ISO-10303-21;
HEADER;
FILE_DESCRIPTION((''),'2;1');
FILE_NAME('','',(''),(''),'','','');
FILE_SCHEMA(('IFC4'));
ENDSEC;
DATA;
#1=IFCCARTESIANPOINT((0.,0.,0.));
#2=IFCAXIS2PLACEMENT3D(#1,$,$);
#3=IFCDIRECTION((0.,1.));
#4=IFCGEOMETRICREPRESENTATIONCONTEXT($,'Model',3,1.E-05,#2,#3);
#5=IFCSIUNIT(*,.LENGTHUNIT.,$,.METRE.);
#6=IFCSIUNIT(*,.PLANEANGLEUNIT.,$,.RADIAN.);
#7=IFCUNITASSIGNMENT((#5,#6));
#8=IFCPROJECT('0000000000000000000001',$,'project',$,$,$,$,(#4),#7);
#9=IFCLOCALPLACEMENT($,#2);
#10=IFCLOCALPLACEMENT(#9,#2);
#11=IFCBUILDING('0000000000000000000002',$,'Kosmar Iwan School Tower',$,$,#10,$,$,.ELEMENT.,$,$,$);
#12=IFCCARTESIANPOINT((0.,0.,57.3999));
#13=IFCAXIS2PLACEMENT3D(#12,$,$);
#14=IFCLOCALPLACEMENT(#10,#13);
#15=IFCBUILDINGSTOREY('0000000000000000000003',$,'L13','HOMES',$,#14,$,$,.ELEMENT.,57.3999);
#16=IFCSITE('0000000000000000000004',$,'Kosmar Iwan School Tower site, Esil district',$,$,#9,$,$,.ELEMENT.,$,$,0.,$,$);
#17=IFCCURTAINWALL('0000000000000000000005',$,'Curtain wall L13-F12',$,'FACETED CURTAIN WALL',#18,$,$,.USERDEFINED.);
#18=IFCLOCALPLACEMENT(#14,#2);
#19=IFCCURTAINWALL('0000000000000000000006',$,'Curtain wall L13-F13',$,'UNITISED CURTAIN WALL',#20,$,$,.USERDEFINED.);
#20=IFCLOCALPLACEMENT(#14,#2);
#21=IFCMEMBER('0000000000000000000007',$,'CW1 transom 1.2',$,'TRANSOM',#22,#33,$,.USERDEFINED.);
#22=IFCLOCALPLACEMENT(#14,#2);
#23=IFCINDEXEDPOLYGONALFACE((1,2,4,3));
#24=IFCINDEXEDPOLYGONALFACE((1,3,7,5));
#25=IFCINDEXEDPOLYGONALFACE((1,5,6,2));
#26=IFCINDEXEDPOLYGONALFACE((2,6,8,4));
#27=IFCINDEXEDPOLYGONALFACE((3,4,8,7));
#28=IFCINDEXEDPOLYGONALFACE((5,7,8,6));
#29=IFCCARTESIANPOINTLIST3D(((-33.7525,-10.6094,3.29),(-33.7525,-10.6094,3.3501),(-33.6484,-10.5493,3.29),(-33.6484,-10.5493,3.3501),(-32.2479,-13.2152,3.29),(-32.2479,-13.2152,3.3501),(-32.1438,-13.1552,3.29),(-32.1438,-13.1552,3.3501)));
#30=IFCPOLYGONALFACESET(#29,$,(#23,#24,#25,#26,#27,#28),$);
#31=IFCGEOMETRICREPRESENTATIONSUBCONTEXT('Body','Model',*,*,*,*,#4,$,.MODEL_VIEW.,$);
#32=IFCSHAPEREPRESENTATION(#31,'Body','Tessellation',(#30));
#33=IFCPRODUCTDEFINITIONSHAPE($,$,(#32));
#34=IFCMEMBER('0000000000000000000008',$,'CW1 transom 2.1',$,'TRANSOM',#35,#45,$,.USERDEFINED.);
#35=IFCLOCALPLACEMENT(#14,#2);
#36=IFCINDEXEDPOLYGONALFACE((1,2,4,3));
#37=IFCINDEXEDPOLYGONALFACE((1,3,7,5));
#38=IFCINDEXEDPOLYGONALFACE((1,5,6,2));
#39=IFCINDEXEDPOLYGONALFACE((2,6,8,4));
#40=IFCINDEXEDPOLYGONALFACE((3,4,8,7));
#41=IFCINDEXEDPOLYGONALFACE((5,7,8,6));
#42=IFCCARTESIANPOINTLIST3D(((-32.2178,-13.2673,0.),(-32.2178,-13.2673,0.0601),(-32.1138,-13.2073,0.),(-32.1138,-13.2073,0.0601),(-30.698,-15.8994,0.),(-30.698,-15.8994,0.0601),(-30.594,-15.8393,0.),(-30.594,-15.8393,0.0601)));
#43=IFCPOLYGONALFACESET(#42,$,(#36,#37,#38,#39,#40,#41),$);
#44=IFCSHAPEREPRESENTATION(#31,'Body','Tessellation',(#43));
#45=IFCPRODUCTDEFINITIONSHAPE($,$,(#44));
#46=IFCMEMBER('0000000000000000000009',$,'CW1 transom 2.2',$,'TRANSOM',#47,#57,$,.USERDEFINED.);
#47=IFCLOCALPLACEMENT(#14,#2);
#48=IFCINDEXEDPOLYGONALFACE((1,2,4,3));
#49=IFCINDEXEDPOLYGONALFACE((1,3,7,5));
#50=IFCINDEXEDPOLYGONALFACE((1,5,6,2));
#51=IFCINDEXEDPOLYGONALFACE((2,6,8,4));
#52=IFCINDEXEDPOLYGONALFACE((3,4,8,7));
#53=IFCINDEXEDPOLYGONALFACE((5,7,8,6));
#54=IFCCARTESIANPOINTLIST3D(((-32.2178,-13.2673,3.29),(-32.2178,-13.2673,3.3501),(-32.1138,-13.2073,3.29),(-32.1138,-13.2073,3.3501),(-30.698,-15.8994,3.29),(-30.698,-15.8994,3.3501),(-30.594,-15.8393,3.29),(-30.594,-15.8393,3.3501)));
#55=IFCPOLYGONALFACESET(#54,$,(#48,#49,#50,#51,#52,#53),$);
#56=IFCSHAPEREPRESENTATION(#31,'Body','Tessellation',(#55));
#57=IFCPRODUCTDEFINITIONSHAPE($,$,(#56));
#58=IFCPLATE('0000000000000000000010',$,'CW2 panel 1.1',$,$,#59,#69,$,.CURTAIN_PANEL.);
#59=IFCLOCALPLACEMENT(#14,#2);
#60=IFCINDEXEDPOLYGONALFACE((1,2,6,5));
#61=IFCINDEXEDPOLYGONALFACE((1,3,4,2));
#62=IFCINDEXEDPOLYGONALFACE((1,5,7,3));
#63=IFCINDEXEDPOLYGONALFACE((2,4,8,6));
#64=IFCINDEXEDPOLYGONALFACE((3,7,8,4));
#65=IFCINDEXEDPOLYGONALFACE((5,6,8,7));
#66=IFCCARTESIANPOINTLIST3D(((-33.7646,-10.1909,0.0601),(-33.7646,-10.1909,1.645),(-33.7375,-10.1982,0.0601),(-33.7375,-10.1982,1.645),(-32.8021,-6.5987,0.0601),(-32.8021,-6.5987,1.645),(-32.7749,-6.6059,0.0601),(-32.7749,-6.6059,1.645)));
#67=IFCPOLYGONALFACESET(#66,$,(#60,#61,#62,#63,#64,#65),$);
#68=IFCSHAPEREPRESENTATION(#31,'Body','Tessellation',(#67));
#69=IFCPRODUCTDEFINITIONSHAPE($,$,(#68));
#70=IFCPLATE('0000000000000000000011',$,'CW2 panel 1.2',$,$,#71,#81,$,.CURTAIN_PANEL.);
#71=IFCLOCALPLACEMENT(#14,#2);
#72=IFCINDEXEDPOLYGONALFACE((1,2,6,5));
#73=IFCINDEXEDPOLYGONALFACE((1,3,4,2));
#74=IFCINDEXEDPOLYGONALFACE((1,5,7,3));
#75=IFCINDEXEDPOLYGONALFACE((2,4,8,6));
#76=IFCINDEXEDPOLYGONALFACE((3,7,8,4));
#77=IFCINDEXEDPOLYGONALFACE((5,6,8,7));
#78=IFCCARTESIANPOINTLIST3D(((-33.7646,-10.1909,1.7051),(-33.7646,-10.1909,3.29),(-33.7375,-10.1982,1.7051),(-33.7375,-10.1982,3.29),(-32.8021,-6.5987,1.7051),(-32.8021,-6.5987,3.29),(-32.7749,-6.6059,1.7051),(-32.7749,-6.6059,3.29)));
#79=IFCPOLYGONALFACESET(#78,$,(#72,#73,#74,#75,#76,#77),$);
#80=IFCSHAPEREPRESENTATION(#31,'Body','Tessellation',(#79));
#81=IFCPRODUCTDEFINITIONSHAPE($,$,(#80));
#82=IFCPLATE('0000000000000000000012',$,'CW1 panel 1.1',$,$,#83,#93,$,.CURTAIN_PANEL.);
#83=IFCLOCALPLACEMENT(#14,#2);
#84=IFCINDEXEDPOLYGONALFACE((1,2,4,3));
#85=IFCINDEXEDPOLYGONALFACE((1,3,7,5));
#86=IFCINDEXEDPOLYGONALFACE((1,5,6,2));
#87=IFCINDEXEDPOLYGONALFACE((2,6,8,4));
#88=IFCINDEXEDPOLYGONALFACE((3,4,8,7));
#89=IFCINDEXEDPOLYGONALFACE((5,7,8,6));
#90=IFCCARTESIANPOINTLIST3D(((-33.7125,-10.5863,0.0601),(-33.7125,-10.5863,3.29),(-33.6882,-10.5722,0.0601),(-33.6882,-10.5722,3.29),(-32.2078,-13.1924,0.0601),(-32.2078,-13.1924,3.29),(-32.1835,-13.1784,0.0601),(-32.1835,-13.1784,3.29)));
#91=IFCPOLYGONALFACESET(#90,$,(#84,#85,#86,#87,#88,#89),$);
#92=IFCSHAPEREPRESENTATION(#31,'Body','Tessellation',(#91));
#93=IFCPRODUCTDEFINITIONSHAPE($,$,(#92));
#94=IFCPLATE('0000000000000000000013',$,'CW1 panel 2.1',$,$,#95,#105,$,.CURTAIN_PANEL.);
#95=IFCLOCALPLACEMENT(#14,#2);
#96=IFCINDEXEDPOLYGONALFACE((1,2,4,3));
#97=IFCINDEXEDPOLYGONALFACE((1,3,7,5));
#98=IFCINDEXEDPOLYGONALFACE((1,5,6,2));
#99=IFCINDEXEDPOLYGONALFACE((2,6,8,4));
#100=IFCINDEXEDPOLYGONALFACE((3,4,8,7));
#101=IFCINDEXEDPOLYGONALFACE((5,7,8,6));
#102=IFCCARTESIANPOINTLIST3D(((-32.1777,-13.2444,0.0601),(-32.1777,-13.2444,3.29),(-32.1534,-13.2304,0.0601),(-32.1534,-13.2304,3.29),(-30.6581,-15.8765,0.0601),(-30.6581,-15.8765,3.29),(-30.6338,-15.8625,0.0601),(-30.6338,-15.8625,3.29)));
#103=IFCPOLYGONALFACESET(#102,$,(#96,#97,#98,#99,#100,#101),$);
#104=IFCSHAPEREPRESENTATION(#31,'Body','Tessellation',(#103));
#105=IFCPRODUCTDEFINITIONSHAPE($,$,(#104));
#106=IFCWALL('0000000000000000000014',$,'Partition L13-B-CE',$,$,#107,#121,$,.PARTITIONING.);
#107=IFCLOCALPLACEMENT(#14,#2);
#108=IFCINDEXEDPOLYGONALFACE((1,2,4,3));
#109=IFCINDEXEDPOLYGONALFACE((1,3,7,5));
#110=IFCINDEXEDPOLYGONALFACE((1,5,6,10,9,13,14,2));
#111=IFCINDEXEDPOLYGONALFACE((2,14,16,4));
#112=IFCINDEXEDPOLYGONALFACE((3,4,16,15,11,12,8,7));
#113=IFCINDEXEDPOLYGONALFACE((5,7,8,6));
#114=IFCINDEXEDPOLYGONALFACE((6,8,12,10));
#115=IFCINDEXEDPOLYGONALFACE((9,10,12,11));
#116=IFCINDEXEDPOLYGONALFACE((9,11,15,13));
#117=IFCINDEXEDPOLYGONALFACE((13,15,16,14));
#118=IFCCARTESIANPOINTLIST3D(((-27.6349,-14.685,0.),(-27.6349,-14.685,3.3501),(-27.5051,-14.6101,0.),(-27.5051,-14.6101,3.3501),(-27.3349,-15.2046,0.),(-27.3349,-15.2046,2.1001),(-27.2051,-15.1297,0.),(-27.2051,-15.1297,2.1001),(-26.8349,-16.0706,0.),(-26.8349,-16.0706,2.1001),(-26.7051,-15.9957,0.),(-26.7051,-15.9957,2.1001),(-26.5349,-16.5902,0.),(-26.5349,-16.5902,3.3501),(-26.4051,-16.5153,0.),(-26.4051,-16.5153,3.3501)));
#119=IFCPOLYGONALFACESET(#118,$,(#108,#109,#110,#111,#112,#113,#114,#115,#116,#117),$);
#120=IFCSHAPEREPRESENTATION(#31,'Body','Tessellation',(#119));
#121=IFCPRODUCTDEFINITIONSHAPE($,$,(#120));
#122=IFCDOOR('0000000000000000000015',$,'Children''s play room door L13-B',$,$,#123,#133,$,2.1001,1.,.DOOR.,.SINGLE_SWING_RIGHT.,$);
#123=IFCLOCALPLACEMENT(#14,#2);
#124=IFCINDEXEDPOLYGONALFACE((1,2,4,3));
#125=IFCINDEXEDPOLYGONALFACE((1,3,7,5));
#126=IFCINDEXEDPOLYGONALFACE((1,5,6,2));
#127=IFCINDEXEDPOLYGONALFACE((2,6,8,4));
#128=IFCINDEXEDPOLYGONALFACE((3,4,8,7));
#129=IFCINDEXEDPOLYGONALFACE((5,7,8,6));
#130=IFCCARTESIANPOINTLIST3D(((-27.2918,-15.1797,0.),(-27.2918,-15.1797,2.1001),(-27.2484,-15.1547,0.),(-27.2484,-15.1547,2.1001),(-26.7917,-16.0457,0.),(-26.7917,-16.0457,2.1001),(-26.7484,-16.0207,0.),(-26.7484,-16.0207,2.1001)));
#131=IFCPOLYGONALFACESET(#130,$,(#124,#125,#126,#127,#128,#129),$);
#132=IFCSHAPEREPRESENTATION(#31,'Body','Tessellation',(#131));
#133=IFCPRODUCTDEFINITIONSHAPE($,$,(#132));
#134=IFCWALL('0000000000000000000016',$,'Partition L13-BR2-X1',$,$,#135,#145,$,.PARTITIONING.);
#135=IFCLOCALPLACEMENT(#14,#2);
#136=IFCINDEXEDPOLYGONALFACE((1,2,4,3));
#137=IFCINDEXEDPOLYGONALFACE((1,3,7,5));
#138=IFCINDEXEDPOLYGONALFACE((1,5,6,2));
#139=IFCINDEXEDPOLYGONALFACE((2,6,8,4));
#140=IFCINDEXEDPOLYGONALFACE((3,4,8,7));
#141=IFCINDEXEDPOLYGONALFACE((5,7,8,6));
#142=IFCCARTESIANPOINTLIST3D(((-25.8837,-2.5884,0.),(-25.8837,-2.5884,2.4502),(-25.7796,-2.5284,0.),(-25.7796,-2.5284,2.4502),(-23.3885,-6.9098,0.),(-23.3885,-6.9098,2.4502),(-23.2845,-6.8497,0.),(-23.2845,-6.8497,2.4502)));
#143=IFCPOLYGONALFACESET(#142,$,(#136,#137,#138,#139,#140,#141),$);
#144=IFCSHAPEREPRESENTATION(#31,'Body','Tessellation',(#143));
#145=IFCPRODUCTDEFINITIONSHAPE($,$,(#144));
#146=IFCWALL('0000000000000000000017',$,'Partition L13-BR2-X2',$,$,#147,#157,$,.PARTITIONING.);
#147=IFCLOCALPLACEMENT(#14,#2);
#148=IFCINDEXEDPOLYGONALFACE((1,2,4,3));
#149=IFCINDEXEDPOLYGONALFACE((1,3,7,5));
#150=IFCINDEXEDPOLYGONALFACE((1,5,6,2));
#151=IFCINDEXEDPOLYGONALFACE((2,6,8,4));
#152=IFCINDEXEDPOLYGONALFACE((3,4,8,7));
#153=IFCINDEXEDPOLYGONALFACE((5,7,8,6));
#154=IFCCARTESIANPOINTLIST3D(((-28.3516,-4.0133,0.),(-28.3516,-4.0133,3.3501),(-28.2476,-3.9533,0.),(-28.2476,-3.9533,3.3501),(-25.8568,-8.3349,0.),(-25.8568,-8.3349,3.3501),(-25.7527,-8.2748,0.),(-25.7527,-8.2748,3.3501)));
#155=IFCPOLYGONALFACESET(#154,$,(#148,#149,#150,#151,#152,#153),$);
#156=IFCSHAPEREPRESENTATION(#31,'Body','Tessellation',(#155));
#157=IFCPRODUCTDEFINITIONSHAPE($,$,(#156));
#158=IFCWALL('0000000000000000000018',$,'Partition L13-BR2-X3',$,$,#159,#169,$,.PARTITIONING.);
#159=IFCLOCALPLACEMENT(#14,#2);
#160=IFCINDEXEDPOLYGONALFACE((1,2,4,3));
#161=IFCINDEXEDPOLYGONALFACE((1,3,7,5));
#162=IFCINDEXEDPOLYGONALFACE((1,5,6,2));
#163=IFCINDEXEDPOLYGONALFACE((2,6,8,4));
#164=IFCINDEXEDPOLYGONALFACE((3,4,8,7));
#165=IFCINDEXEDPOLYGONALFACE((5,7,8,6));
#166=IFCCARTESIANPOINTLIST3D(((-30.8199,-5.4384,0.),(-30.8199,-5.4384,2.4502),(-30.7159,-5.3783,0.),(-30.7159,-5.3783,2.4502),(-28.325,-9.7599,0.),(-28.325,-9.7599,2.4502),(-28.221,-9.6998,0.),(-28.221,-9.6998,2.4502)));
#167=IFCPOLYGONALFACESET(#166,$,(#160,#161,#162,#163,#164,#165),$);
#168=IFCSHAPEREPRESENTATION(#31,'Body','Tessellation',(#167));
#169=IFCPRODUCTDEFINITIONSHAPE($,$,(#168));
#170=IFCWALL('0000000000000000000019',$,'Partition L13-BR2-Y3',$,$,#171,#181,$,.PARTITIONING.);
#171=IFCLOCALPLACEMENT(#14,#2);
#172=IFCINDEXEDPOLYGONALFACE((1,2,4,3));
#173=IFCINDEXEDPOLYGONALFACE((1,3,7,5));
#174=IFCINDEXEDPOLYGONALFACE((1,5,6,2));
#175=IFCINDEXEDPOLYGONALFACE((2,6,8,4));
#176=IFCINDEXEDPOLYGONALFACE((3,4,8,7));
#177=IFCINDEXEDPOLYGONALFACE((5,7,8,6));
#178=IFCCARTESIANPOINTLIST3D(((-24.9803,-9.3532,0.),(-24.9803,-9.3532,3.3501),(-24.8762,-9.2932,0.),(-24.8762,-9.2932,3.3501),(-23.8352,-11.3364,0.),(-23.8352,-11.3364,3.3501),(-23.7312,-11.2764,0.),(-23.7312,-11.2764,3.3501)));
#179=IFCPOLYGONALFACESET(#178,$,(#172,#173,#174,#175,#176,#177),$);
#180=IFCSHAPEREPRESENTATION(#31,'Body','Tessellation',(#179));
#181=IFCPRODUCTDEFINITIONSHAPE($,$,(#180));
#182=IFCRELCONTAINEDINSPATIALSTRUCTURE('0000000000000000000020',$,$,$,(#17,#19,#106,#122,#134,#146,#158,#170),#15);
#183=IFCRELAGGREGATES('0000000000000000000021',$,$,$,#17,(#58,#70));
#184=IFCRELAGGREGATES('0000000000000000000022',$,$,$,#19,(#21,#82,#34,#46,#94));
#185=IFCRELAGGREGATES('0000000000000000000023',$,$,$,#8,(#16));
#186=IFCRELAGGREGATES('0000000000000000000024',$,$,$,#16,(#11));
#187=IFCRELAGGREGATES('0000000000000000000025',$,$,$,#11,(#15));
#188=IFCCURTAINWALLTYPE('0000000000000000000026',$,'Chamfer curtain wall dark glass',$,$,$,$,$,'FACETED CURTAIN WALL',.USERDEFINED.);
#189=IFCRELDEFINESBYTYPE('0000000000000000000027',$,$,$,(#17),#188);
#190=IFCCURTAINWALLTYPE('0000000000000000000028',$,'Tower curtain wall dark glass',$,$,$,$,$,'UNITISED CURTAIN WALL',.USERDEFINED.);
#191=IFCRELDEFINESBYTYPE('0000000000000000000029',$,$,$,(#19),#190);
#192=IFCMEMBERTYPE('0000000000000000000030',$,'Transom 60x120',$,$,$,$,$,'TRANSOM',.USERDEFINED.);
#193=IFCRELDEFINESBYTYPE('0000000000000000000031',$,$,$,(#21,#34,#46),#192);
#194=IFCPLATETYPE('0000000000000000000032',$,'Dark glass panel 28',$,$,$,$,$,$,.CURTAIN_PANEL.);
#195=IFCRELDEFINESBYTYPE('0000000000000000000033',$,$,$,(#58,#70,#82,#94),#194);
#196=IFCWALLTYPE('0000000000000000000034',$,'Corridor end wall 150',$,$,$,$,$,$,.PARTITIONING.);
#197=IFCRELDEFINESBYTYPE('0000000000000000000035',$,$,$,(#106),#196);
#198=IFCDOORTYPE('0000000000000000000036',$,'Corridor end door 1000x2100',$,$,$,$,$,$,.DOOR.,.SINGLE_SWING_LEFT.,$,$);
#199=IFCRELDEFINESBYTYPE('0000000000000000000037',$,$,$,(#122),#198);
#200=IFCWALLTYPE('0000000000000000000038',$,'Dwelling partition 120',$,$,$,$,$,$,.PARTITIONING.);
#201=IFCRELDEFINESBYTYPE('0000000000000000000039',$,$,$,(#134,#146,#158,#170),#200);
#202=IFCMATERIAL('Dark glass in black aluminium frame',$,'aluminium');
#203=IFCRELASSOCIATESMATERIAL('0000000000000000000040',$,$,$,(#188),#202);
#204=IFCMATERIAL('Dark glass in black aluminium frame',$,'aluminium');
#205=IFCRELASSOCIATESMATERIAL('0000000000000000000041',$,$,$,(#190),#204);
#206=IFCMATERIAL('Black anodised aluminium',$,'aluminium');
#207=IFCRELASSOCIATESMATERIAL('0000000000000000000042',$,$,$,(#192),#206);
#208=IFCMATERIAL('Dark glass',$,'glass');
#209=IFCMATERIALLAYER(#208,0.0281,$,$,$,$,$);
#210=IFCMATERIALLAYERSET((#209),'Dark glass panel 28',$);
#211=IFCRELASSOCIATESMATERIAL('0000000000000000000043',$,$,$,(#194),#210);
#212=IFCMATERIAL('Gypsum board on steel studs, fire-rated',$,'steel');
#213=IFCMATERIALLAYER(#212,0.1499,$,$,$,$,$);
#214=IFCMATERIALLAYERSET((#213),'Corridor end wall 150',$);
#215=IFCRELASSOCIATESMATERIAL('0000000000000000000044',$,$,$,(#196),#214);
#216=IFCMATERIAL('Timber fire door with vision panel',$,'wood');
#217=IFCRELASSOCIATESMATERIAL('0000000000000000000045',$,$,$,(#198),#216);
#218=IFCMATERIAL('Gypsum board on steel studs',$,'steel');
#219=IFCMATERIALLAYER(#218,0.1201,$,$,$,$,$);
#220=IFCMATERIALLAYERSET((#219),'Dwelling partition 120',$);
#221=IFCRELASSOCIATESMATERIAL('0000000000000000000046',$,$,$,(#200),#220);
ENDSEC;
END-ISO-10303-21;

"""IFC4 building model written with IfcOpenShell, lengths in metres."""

from ifc_helpers import new_model, si_unit, direction, frame, frame_2d, origin, origin_2d, place, context, subcontext, project, spatial, rectangle, extrude, material, layer, layer_set, material_profile, profile_set, type_object, element, fill, aggregate, save


model = new_model("IFC4")

# Units and contexts
model_context = context("Model", 3, precision=1e-05, world=origin(), true_north=direction((0.0, 1.0)))
body_context = subcontext(model_context, "Body", "Model", "MODEL_VIEW")
ifc_project = project(units=[si_unit("LENGTHUNIT", "METRE"), si_unit("PLANEANGLEUNIT", "RADIAN")], contexts=[model_context])

# Site, building, storey
site_placement = place(None, origin())
site = spatial("IfcSite", under=ifc_project, at=site_placement, Name="Kosmar Iwan School Tower site, Esil district", CompositionType="ELEMENT", RefElevation=0.0)
building_placement = place(site_placement, origin())
building = spatial("IfcBuilding", under=site, at=building_placement, Name="Kosmar Iwan School Tower", CompositionType="ELEMENT")
storey_placement = place(building_placement, frame((0.0, 0.0, 57.3999)))
storey = spatial("IfcBuildingStorey", under=building, at=storey_placement, Name="L13", Description="HOMES", CompositionType="ELEMENT", Elevation=57.3999)

# Curtain walls
ifc_material_1 = material(Name="Dark glass in black aluminium frame", Category="aluminium")
curtain_wall_type_1 = type_object("IfcCurtainWallType", Name="Chamfer curtain wall dark glass", ElementType="FACETED CURTAIN WALL", PredefinedType="USERDEFINED", material=ifc_material_1)
curtain_wall_1_placement = place(storey_placement, origin())
curtain_wall_1 = element("IfcCurtainWall", 1, at=curtain_wall_1_placement, inside=storey, type_object=curtain_wall_type_1, Name="Curtain wall L13-F12", ObjectType="FACETED CURTAIN WALL", PredefinedType="USERDEFINED")
ifc_material_2 = material(Name="Dark glass in black aluminium frame", Category="aluminium")
curtain_wall_type_2 = type_object("IfcCurtainWallType", Name="Tower curtain wall dark glass", ElementType="UNITISED CURTAIN WALL", PredefinedType="USERDEFINED", material=ifc_material_2)
curtain_wall_2_placement = place(storey_placement, origin())
curtain_wall_2 = element("IfcCurtainWall", 2, at=curtain_wall_2_placement, inside=storey, type_object=curtain_wall_type_2, Name="Curtain wall L13-F13", ObjectType="UNITISED CURTAIN WALL", PredefinedType="USERDEFINED")

# Members
ifc_material_3 = material(Name="Black anodised aluminium", Category="aluminium")
ifc_material_profile_1 = material_profile(ifc_material_3, rectangle(XDim=0.1201, YDim=0.0601, at=origin_2d()), Name="TRANSOM 60x120")
ifc_profile_set_1 = profile_set([ifc_material_profile_1], Name="Black anodised aluminium")
member_type_1 = type_object("IfcMemberType", Name="Transom 60x120", ElementType="TRANSOM", PredefinedType="USERDEFINED", material=ifc_profile_set_1)
member_1_placement = place(storey_placement, frame((-33.7004, -10.5793, 3.3201), z_axis=(0.500022, -0.866013, 0.0), x_axis=(0.866013, 0.500022, 0.0)))
member_1 = element("IfcMember", 3, at=member_1_placement, type_object=member_type_1, Name="CW1 transom 1.2", ObjectType="TRANSOM", PredefinedType="USERDEFINED", context=body_context, shape_type="SweptSolid", body=[
    extrude(rectangle(XDim=0.1201, YDim=0.0601, at=origin_2d()), origin(), (0.0, 0.0, 1.0), 3.009),
])
member_2_placement = place(storey_placement, frame((-32.1658, -13.2373, 0.03), z_axis=(0.500035, -0.866005, 0.0), x_axis=(0.866005, 0.500035, 0.0)))
member_2 = element("IfcMember", 4, at=member_2_placement, type_object=member_type_1, Name="CW1 transom 2.1", ObjectType="TRANSOM", PredefinedType="USERDEFINED", context=body_context, shape_type="SweptSolid", body=[
    extrude(rectangle(XDim=0.1201, YDim=0.0601, at=origin_2d()), origin(), (0.0, 0.0, 1.0), 3.0393),
])
member_3_placement = place(storey_placement, frame((-32.1658, -13.2373, 3.3201), z_axis=(0.500035, -0.866005, 0.0), x_axis=(0.866005, 0.500035, 0.0)))
member_3 = element("IfcMember", 5, at=member_3_placement, type_object=member_type_1, Name="CW1 transom 2.2", ObjectType="TRANSOM", PredefinedType="USERDEFINED", context=body_context, shape_type="SweptSolid", body=[
    extrude(rectangle(XDim=0.1201, YDim=0.0601, at=origin_2d()), origin(), (0.0, 0.0, 1.0), 3.0393),
])

# Plates
ifc_material_4 = material(Name="Dark glass", Category="glass")
ifc_layer_1 = layer(ifc_material_4, 0.0281)
ifc_layer_set_1 = layer_set([ifc_layer_1], Name="Dark glass panel 28")
plate_type = type_object("IfcPlateType", Name="Dark glass panel 28", PredefinedType="CURTAIN_PANEL", material=ifc_layer_set_1)
plate_1_placement = place(storey_placement, frame((-33.2698, -8.3984, 0.0601), z_axis=(0.0, 0.0, 1.0), x_axis=(-0.258819, -0.965926, 0.0)))
plate_1 = element("IfcPlate", 6, at=plate_1_placement, type_object=plate_type, Name="CW2 panel 1.1", PredefinedType="CURTAIN_PANEL", context=body_context, shape_type="SweptSolid", body=[
    extrude(rectangle(XDim=3.719, YDim=0.0281, at=origin_2d()), origin(), (0.0, 0.0, 1.0), 1.585),
])
plate_2_placement = place(storey_placement, frame((-33.2698, -8.3984, 1.7051), z_axis=(0.0, 0.0, 1.0), x_axis=(-0.258819, -0.965926, 0.0)))
plate_2 = element("IfcPlate", 7, at=plate_2_placement, type_object=plate_type, Name="CW2 panel 1.2", PredefinedType="CURTAIN_PANEL", context=body_context, shape_type="SweptSolid", body=[
    extrude(rectangle(XDim=3.719, YDim=0.0281, at=origin_2d()), origin(), (0.0, 0.0, 1.0), 1.585),
])
aggregate(curtain_wall_1, [plate_1, plate_2])
plate_3_placement = place(storey_placement, frame((-32.948, -11.8823, 0.0601), z_axis=(0.0, 0.0, 1.0), x_axis=(0.5, -0.866025, 0.0)))
plate_3 = element("IfcPlate", 8, at=plate_3_placement, type_object=plate_type, Name="CW1 panel 1.1", PredefinedType="CURTAIN_PANEL", context=body_context, shape_type="SweptSolid", body=[
    extrude(rectangle(XDim=3.0093, YDim=0.0281, at=origin_2d()), origin(), (0.0, 0.0, 1.0), 3.23),
])
plate_4_placement = place(storey_placement, frame((-31.4058, -14.5535, 0.0601), z_axis=(0.0, 0.0, 1.0), x_axis=(0.5, -0.866025, 0.0)))
plate_4 = element("IfcPlate", 9, at=plate_4_placement, type_object=plate_type, Name="CW1 panel 2.1", PredefinedType="CURTAIN_PANEL", context=body_context, shape_type="SweptSolid", body=[
    extrude(rectangle(XDim=3.0393, YDim=0.0281, at=origin_2d()), origin(), (0.0, 0.0, 1.0), 3.23),
])
aggregate(curtain_wall_2, [member_1, plate_3, member_2, member_3, plate_4])

# Wall, opening, door
ifc_material_5 = material(Name="Gypsum board on steel studs, fire-rated", Category="steel")
ifc_layer_2 = layer(ifc_material_5, 0.1499)
ifc_layer_set_2 = layer_set([ifc_layer_2], Name="Corridor end wall 150")
wall_type_1 = type_object("IfcWallType", Name="Corridor end wall 150", PredefinedType="PARTITIONING", material=ifc_layer_set_2)
wall_1_placement = place(storey_placement, frame((-27.5701, -14.6475, 0.0), z_axis=(0.0, 0.0, 1.0), x_axis=(0.50003, -0.866008, 0.0)))
wall_1 = element("IfcWall", 10, at=wall_1_placement, inside=storey, type_object=wall_type_1, Name="Partition L13-B-CE", PredefinedType="PARTITIONING", context=body_context, shape_type="SweptSolid", body=[
    extrude(rectangle(XDim=2.2, YDim=0.1499, at=frame_2d((1.1001, 0.0))), origin(), (0.0, 0.0, 1.0), 3.3501),
])
opening_placement = place(wall_1_placement, frame((0.6001, 0.0, 0.0)))
opening = element("IfcOpeningElement", 11, at=opening_placement, cuts=wall_1, PredefinedType="OPENING", context=body_context, shape_type="SweptSolid", body=[
    extrude(rectangle(XDim=1.0, YDim=2.1001, at=frame_2d((0.5, 1.05))), frame((0.0, 0.0869, 0.0), z_axis=(0.0, -1.0, 0.0), x_axis=(1.0, 0.0, 0.0)), (0.0, 0.0, 1.0), 0.1738),
])
ifc_material_6 = material(Name="Timber fire door with vision panel", Category="wood")
door_type = type_object("IfcDoorType", Name="Corridor end door 1000x2100", OperationType="SINGLE_SWING_LEFT", PredefinedType="DOOR", material=ifc_material_6)
door_placement = place(opening_placement, origin())
door = element("IfcDoor", 12, at=door_placement, inside=storey, type_object=door_type, Name="Children's play room door L13-B", OperationType="SINGLE_SWING_RIGHT", OverallHeight=2.1001, OverallWidth=1.0, PredefinedType="DOOR", context=body_context, shape_type="SweptSolid", body=[
    extrude(rectangle(XDim=1.0, YDim=2.1001, at=frame_2d((0.5, 1.05))), frame((0.0, 0.0249, 0.0), z_axis=(0.0, -1.0, 0.0), x_axis=(1.0, 0.0, 0.0)), (0.0, 0.0, 1.0), 0.05),
])
fill(opening, door)

# Walls
ifc_material_7 = material(Name="Gypsum board on steel studs", Category="steel")
ifc_layer_3 = layer(ifc_material_7, 0.1201)
ifc_layer_set_3 = layer_set([ifc_layer_3], Name="Dwelling partition 120")
wall_type_2 = type_object("IfcWallType", Name="Dwelling partition 120", PredefinedType="PARTITIONING", material=ifc_layer_set_3)
wall_2_placement = place(storey_placement, frame((-23.3364, -6.8799, 0.0), z_axis=(0.0, 0.0, 1.0), x_axis=(-0.500033, 0.866006, 0.0)))
element("IfcWall", 13, at=wall_2_placement, inside=storey, type_object=wall_type_2, Name="Partition L13-BR2-X1", PredefinedType="PARTITIONING", context=body_context, shape_type="SweptSolid", body=[
    extrude(rectangle(XDim=4.99, YDim=0.1201, at=frame_2d((2.4951, 0.0))), origin(), (0.0, 0.0, 1.0), 2.4502),
])
wall_3_placement = place(storey_placement, frame((-25.8047, -8.3049, 0.0), z_axis=(0.0, 0.0, 1.0), x_axis=(-0.499975, 0.86604, 0.0)))
element("IfcWall", 14, at=wall_3_placement, inside=storey, type_object=wall_type_2, Name="Partition L13-BR2-X2", PredefinedType="PARTITIONING", context=body_context, shape_type="SweptSolid", body=[
    extrude(rectangle(XDim=4.99, YDim=0.1201, at=frame_2d((2.4951, 0.0))), origin(), (0.0, 0.0, 1.0), 3.3501),
])
wall_4_placement = place(storey_placement, frame((-28.2729, -9.73, 0.0), z_axis=(0.0, 0.0, 1.0), x_axis=(-0.499975, 0.86604, 0.0)))
element("IfcWall", 15, at=wall_4_placement, inside=storey, type_object=wall_type_2, Name="Partition L13-BR2-X3", PredefinedType="PARTITIONING", context=body_context, shape_type="SweptSolid", body=[
    extrude(rectangle(XDim=4.99, YDim=0.1201, at=frame_2d((2.4951, 0.0))), origin(), (0.0, 0.0, 1.0), 2.4502),
])
wall_5_placement = place(storey_placement, frame((-23.7832, -11.3064, 0.0), z_axis=(0.0, 0.0, 1.0), x_axis=(-0.500015, 0.866017, 0.0)))
element("IfcWall", 16, at=wall_5_placement, inside=storey, type_object=wall_type_2, Name="Partition L13-BR2-Y3", PredefinedType="PARTITIONING", context=body_context, shape_type="SweptSolid", body=[
    extrude(rectangle(XDim=2.29, YDim=0.1201, at=frame_2d((1.145, 0.0))), origin(), (0.0, 0.0, 1.0), 3.3501),
])

save(model, "model.ifc")
